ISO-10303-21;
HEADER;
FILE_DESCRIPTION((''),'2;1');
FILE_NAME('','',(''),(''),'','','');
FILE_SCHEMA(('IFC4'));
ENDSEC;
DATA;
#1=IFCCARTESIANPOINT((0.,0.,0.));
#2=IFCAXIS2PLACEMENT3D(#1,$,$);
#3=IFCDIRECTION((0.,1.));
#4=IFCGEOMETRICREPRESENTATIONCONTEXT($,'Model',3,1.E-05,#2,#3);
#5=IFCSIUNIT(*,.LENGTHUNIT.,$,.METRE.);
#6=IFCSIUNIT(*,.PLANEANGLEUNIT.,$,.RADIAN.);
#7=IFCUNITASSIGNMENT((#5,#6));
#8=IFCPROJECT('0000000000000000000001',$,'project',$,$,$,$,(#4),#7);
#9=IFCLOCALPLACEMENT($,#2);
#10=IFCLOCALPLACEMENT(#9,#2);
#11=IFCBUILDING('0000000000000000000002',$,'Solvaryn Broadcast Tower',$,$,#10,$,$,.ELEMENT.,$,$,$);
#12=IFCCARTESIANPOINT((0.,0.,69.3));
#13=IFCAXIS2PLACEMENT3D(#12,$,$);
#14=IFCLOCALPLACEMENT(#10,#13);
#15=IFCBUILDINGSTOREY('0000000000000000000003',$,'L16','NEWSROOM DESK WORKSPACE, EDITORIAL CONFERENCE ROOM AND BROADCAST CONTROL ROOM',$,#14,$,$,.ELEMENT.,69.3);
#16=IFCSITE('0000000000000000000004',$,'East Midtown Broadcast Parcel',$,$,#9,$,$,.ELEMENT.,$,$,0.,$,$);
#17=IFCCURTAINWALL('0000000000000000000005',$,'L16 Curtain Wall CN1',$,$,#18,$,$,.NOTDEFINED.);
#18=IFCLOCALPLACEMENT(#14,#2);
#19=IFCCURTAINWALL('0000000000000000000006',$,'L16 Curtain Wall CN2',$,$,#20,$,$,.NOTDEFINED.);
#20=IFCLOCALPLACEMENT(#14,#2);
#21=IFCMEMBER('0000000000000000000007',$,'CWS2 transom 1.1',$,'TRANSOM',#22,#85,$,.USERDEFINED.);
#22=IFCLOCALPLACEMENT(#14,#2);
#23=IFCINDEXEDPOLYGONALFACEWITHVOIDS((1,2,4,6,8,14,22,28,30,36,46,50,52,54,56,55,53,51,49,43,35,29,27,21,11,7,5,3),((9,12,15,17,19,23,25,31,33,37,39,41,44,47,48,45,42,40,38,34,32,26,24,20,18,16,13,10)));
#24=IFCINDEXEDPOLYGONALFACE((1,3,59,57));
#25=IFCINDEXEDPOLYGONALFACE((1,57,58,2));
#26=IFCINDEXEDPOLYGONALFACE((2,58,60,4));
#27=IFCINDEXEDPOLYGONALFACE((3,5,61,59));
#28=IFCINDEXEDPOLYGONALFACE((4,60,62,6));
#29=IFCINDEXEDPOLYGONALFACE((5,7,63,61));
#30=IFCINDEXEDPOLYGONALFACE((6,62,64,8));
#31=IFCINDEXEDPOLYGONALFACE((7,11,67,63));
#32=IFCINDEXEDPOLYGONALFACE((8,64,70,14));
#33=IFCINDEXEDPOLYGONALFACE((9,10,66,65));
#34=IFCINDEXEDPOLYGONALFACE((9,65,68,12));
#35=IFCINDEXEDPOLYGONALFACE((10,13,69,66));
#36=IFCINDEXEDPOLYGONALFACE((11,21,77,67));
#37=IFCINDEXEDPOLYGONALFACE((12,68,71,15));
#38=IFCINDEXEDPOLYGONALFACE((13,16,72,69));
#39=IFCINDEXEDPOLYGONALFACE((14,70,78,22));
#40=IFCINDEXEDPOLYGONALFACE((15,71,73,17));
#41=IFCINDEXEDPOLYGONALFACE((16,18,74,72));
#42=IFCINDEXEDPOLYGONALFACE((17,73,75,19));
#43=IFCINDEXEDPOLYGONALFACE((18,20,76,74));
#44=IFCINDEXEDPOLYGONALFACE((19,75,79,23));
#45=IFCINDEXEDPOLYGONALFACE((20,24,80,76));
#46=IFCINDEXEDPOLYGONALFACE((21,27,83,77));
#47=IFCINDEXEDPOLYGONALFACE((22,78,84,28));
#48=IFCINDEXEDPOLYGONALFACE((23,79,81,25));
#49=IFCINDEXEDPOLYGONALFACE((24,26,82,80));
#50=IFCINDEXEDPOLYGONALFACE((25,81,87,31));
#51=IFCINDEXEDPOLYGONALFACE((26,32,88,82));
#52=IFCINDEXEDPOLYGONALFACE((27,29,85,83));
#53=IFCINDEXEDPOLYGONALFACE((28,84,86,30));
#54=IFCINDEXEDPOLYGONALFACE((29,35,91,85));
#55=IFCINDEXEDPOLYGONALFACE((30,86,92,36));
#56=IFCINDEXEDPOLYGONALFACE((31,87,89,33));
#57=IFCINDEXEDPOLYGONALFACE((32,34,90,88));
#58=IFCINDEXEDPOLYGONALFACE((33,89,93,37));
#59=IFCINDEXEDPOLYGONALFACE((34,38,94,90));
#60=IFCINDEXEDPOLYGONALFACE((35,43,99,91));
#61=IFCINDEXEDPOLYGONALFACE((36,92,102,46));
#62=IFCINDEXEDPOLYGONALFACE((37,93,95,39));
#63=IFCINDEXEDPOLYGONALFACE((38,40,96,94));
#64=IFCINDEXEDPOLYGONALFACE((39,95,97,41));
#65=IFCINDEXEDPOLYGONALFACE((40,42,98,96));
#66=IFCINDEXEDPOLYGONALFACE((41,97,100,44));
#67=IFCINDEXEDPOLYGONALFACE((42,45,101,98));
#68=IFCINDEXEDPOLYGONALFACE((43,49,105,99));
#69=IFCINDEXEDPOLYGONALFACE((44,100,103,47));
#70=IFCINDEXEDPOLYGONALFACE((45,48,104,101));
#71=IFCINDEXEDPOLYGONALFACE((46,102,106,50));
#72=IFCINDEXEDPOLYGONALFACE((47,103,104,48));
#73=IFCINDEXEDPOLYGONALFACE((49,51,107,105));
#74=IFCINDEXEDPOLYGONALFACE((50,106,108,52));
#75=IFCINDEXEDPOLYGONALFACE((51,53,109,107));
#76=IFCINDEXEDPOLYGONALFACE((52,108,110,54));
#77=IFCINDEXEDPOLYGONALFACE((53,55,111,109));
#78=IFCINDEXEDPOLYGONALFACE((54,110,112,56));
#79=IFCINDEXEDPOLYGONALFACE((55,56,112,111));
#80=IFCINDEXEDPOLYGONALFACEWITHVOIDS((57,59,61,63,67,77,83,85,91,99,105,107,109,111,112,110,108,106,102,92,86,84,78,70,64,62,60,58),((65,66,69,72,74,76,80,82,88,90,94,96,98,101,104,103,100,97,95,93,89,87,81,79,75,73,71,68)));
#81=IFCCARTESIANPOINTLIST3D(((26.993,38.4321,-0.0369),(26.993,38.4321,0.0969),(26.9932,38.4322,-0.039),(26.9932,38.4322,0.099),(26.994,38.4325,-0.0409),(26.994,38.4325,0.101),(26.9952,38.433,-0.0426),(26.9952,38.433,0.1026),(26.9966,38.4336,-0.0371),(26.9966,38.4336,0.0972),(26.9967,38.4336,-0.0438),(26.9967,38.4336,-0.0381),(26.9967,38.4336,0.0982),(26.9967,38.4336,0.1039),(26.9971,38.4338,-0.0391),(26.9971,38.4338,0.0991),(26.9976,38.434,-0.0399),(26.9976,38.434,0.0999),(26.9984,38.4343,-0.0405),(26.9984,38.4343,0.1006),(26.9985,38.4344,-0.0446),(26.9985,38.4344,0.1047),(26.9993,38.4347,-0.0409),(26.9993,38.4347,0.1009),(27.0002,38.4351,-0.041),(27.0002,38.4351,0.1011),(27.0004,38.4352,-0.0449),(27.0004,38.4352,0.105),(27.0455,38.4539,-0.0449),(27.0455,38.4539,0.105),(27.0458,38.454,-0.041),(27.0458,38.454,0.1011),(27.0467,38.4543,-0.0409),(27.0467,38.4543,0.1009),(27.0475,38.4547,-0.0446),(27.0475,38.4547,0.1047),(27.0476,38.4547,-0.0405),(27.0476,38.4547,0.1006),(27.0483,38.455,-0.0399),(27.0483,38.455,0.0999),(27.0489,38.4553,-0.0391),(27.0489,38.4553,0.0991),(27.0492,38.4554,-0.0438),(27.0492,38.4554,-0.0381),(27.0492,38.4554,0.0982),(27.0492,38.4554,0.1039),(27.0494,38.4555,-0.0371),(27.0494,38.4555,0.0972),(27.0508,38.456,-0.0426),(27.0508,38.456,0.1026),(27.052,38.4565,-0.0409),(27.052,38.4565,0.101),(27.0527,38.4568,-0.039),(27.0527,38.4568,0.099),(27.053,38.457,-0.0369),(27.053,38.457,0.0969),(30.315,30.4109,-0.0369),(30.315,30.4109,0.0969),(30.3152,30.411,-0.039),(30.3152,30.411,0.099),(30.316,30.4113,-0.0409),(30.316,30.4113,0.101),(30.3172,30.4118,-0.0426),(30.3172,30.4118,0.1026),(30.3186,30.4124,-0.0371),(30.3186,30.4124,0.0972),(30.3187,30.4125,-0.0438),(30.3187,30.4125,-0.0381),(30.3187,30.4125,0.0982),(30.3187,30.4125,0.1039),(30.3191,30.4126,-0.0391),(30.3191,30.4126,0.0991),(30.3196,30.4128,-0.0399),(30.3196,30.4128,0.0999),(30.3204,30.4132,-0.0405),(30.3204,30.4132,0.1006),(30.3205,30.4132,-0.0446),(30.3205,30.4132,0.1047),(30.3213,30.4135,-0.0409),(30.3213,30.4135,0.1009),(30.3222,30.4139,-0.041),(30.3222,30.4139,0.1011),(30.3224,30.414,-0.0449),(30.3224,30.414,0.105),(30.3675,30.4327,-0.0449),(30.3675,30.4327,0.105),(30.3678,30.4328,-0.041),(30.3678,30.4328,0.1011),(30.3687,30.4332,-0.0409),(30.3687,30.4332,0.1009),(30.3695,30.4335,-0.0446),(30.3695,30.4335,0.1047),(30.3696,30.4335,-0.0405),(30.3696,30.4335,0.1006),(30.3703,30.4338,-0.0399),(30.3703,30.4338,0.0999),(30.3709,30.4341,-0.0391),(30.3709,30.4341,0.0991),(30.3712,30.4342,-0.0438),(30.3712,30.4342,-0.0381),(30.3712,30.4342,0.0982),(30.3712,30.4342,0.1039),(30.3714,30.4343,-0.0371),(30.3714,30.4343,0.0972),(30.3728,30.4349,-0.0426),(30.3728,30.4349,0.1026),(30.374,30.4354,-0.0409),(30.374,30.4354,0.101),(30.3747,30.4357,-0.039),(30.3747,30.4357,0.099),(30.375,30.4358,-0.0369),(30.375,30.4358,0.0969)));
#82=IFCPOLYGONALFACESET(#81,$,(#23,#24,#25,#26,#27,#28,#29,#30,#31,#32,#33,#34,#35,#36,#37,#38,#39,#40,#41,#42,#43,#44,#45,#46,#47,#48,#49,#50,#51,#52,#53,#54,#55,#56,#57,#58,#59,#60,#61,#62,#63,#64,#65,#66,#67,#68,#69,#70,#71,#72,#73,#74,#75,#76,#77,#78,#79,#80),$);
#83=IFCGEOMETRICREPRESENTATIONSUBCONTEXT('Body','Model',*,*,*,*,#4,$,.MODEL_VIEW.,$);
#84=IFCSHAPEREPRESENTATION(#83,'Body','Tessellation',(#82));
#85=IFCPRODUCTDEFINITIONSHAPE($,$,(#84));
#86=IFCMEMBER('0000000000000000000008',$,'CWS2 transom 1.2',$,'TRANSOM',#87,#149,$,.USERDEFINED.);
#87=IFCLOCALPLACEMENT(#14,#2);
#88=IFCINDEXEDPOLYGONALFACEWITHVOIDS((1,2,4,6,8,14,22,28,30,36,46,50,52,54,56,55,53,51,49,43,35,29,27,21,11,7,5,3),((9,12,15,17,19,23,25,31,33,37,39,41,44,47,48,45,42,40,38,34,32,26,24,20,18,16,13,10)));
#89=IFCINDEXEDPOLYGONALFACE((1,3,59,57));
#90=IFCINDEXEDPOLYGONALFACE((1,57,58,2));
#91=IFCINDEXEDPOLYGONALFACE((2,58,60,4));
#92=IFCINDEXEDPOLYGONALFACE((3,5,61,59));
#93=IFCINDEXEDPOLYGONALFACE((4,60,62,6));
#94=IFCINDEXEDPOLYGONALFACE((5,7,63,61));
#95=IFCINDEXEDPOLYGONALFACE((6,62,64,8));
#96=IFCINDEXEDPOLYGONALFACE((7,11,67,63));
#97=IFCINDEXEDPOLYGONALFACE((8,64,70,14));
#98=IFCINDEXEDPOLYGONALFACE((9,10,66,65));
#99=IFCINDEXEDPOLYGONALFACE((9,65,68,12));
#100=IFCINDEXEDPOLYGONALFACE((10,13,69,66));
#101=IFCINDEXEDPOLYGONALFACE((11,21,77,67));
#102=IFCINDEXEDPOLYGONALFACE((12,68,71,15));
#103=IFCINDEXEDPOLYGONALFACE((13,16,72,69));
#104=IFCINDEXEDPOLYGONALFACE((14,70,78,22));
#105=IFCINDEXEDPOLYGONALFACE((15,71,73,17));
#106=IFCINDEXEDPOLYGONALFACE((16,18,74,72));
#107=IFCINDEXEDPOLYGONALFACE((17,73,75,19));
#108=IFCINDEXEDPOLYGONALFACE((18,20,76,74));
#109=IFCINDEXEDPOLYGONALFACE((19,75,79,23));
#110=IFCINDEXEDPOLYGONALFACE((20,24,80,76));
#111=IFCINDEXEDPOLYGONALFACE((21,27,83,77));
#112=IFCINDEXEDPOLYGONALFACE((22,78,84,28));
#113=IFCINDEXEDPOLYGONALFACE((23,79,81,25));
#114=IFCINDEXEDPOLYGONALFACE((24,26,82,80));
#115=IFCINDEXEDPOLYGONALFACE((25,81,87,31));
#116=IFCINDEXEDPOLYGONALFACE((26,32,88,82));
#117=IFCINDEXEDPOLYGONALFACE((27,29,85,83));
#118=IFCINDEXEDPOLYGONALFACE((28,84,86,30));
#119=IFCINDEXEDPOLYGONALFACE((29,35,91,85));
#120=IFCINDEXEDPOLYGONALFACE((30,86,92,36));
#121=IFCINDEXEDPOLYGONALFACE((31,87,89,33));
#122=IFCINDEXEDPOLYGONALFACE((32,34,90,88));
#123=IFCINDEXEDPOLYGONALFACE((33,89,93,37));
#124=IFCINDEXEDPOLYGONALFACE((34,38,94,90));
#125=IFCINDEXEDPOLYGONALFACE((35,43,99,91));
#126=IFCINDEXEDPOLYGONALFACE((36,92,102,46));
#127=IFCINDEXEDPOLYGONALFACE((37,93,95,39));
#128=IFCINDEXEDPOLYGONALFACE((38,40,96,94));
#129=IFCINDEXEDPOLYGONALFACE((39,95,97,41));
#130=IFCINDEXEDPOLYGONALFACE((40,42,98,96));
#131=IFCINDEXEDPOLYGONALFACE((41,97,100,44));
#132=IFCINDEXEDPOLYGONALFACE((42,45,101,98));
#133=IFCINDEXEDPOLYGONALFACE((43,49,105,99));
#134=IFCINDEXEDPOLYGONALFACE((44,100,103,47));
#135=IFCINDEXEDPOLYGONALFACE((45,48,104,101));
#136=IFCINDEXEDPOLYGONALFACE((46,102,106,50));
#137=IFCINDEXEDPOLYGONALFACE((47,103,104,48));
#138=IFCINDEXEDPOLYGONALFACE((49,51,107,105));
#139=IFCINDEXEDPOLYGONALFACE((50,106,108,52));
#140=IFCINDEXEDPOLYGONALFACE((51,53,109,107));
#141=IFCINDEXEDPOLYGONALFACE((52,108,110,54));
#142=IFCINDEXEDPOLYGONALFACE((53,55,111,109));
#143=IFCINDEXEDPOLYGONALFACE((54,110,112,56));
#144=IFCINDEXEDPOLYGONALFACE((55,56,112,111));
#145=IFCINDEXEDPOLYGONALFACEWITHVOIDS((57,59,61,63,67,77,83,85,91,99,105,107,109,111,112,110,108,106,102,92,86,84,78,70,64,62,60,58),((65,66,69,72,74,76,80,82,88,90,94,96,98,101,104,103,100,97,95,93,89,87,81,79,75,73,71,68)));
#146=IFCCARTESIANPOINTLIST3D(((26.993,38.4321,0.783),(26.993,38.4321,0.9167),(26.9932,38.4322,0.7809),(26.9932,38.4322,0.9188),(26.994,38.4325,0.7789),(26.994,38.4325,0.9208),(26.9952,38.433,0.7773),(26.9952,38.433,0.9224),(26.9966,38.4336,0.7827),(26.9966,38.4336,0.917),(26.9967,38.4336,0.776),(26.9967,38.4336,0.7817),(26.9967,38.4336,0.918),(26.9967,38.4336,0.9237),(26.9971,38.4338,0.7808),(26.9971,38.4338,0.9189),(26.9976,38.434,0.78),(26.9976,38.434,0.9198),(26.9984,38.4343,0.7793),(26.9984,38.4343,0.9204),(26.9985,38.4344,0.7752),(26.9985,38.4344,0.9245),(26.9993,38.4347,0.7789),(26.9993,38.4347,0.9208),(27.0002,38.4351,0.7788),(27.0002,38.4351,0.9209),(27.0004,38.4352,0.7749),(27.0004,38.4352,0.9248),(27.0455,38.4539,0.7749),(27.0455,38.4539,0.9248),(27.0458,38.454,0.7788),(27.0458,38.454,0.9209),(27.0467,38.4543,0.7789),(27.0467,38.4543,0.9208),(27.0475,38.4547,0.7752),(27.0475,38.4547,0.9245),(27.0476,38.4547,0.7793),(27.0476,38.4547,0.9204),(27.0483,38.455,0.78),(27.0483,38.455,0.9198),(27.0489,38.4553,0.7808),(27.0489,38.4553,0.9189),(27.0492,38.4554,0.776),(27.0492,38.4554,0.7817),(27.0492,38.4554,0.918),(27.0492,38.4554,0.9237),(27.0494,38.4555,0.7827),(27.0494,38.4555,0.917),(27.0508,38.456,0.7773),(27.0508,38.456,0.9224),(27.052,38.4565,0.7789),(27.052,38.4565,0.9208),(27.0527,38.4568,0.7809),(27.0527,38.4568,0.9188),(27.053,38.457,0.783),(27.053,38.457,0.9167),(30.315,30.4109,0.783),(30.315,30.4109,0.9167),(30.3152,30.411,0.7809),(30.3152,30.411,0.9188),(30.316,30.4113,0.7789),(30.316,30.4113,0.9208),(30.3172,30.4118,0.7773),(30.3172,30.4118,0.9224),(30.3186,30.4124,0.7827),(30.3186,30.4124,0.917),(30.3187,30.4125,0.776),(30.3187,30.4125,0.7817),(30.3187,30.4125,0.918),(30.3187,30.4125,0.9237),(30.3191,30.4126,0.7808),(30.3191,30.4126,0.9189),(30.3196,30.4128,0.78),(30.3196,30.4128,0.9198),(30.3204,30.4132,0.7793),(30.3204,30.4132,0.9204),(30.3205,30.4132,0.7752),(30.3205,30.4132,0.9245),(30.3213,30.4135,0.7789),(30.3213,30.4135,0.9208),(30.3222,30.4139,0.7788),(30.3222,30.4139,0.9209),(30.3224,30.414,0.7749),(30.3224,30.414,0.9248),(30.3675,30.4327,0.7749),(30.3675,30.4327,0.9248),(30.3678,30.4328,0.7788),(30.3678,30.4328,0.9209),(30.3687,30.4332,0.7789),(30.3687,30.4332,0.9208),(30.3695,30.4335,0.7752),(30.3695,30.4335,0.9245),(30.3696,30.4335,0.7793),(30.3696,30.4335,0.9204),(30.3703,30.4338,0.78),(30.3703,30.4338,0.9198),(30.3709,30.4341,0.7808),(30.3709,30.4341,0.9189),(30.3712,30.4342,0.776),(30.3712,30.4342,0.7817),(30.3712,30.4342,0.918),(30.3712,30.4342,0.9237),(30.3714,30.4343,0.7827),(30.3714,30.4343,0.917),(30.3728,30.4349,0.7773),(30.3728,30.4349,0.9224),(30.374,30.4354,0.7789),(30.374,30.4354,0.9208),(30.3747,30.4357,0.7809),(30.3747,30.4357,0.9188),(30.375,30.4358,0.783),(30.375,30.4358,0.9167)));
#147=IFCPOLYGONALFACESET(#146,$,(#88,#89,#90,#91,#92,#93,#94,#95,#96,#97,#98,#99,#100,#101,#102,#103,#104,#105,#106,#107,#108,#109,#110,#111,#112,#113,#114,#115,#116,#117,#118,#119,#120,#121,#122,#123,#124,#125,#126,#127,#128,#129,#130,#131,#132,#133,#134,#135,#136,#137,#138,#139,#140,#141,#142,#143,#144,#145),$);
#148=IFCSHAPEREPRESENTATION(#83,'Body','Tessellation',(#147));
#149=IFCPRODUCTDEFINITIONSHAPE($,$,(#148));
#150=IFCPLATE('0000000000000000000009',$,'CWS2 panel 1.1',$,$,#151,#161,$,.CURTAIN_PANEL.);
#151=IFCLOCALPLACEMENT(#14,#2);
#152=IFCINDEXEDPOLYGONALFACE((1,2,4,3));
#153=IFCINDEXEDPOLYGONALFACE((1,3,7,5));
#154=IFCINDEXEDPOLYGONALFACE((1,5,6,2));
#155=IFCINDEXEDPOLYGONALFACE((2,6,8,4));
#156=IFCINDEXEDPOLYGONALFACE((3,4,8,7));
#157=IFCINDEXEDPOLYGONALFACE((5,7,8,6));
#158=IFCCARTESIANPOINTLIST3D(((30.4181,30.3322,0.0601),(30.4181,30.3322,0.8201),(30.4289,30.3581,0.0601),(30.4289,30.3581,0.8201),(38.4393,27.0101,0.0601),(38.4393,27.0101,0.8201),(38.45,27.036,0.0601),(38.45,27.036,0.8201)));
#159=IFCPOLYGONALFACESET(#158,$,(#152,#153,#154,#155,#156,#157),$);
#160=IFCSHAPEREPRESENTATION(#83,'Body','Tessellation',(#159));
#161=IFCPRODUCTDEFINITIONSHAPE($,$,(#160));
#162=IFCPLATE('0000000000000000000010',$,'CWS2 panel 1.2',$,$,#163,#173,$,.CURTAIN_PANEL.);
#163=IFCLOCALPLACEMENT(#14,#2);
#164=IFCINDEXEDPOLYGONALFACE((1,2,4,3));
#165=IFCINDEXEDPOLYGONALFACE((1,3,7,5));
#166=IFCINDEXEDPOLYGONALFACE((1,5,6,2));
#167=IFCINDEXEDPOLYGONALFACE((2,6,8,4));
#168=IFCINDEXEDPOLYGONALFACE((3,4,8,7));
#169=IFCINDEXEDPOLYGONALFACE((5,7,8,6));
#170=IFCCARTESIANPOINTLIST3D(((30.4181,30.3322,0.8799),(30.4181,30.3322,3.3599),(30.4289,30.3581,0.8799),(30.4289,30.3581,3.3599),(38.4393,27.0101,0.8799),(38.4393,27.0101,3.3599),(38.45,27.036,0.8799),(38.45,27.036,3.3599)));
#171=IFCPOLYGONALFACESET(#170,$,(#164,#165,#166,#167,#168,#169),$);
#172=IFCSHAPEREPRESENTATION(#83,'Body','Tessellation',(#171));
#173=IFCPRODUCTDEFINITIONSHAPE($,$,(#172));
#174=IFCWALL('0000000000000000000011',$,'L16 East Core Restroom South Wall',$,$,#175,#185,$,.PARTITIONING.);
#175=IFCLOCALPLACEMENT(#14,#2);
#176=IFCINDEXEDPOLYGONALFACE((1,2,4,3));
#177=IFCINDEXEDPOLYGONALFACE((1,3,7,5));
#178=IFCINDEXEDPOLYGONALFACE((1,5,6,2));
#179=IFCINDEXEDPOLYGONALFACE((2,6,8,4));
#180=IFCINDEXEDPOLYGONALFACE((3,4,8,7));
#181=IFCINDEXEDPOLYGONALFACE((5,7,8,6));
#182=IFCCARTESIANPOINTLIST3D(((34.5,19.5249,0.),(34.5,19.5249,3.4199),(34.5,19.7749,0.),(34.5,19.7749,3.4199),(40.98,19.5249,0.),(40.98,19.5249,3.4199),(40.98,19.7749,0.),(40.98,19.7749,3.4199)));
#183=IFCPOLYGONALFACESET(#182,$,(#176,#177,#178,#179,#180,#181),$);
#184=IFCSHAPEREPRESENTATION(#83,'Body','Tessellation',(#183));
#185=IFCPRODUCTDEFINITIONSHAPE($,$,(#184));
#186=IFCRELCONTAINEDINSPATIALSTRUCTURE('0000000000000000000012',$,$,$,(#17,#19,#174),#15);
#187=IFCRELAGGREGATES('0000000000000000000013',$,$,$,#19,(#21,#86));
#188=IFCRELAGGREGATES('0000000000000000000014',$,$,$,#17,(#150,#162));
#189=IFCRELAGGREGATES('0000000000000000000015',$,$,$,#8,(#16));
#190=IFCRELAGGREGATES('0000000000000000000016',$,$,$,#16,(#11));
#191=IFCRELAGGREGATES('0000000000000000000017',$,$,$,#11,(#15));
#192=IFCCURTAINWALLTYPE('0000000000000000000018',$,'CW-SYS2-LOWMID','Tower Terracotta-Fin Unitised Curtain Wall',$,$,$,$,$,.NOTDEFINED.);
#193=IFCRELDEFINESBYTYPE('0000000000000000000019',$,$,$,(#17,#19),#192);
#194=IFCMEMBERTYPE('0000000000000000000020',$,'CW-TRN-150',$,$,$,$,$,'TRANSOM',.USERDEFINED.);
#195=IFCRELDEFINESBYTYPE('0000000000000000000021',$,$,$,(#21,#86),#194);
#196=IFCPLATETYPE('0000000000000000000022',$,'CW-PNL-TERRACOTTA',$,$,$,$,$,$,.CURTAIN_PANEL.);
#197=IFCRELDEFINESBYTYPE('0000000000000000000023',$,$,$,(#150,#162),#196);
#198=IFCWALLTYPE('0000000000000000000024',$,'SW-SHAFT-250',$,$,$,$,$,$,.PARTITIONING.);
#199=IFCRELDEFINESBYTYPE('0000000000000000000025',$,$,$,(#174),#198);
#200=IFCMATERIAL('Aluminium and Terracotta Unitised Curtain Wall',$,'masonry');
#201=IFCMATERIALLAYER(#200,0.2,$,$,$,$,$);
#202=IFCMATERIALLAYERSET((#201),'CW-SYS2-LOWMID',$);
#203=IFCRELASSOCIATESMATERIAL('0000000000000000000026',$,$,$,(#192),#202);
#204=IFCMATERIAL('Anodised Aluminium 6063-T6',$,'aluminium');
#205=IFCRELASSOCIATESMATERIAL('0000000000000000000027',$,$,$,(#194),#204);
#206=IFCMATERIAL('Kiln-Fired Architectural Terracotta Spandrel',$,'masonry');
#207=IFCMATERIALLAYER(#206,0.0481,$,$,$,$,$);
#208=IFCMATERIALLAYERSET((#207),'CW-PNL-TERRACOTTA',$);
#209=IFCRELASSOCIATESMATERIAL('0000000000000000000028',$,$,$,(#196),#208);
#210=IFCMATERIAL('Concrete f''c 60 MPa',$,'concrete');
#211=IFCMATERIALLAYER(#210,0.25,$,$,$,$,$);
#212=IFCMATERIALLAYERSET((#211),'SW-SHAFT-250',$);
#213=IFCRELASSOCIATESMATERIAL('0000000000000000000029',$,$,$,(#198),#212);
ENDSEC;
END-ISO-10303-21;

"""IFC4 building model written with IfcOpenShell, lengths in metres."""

from ifc_helpers import new_model, si_unit, direction, frame, frame_2d, origin, origin_2d, place, context, subcontext, project, spatial, rectangle, hollow_rectangle, extrude, material, layer, layer_set, material_profile, profile_set, type_object, element, aggregate, save


model = new_model("IFC4")

# Units and contexts
model_context = context("Model", 3, precision=1e-05, world=origin(), true_north=direction((0.0, 1.0)))
body_context = subcontext(model_context, "Body", "Model", "MODEL_VIEW")
ifc_project = project(units=[si_unit("LENGTHUNIT", "METRE"), si_unit("PLANEANGLEUNIT", "RADIAN")], contexts=[model_context])

# Site, building, storey
site_placement = place(None, origin())
site = spatial("IfcSite", under=ifc_project, at=site_placement, Name="East Midtown Broadcast Parcel", CompositionType="ELEMENT", RefElevation=0.0)
building_placement = place(site_placement, origin())
building = spatial("IfcBuilding", under=site, at=building_placement, Name="Solvaryn Broadcast Tower", CompositionType="ELEMENT")
storey_placement = place(building_placement, frame((0.0, 0.0, 69.3)))
storey = spatial("IfcBuildingStorey", under=building, at=storey_placement, Name="L16", Description="NEWSROOM DESK WORKSPACE, EDITORIAL CONFERENCE ROOM AND BROADCAST CONTROL ROOM", CompositionType="ELEMENT", Elevation=69.3)

# Curtain wall
ifc_material_1 = material(Name="Aluminium and Terracotta Unitised Curtain Wall", Category="masonry")
ifc_layer_1 = layer(ifc_material_1, 0.2)
ifc_layer_set_1 = layer_set([ifc_layer_1], Name="CW-SYS2-LOWMID")
curtain_wall_type = type_object("IfcCurtainWallType", Name="CW-SYS2-LOWMID", Description="Tower Terracotta-Fin Unitised Curtain Wall", PredefinedType="NOTDEFINED", material=ifc_layer_set_1)
curtain_wall_1_placement = place(storey_placement, origin())
curtain_wall_1 = element("IfcCurtainWall", 1, at=curtain_wall_1_placement, inside=storey, type_object=curtain_wall_type, Name="L16 Curtain Wall CN1", PredefinedType="NOTDEFINED")

# Curtain wall, members
curtain_wall_2_placement = place(storey_placement, origin())
curtain_wall_2 = element("IfcCurtainWall", 2, at=curtain_wall_2_placement, inside=storey, type_object=curtain_wall_type, Name="L16 Curtain Wall CN2", PredefinedType="NOTDEFINED")
ifc_material_2 = material(Name="Anodised Aluminium 6063-T6", Category="aluminium")
ifc_material_profile_1 = material_profile(ifc_material_2, hollow_rectangle(XDim=0.0649, YDim=0.1499, WallThickness=0.0039, InnerFilletRadius=0.0039, OuterFilletRadius=0.0081, at=origin_2d()))
ifc_profile_set_1 = profile_set([ifc_material_profile_1], Name="Anodised Aluminium 6063-T6")
member_type_1 = type_object("IfcMemberType", Name="CW-TRN-150", ElementType="TRANSOM", PredefinedType="USERDEFINED", material=ifc_profile_set_1)
member_1_placement = place(storey_placement, frame((30.345, 30.4233, 0.03), z_axis=(-0.382636, 0.923899, 0.0), x_axis=(-0.923899, -0.382636, 0.0)))
member_1 = element("IfcMember", 3, at=member_1_placement, type_object=member_type_1, Name="CWS2 transom 1.1", ObjectType="TRANSOM", PredefinedType="USERDEFINED", context=body_context, shape_type="SweptSolid", body=[
    extrude(hollow_rectangle(XDim=0.0649, YDim=0.1499, WallThickness=0.0039, InnerFilletRadius=0.0039, OuterFilletRadius=0.0081, at=origin_2d()), origin(), (0.0, 0.0, 1.0), 8.6819),
])
member_2_placement = place(storey_placement, frame((30.345, 30.4233, 0.8499), z_axis=(-0.382636, 0.923899, 0.0), x_axis=(-0.923899, -0.382636, 0.0)))
member_2 = element("IfcMember", 4, at=member_2_placement, type_object=member_type_1, Name="CWS2 transom 1.2", ObjectType="TRANSOM", PredefinedType="USERDEFINED", context=body_context, shape_type="SweptSolid", body=[
    extrude(hollow_rectangle(XDim=0.0649, YDim=0.1499, WallThickness=0.0039, InnerFilletRadius=0.0039, OuterFilletRadius=0.0081, at=origin_2d()), origin(), (0.0, 0.0, 1.0), 8.6819),
])
aggregate(curtain_wall_2, [member_1, member_2])

# Plates
ifc_material_3 = material(Name="Kiln-Fired Architectural Terracotta Spandrel", Category="masonry")
ifc_layer_2 = layer(ifc_material_3, 0.0481)
ifc_layer_set_2 = layer_set([ifc_layer_2], Name="CW-PNL-TERRACOTTA")
plate_type = type_object("IfcPlateType", Name="CW-PNL-TERRACOTTA", PredefinedType="CURTAIN_PANEL", material=ifc_layer_set_2)
plate_1_placement = place(storey_placement, frame((34.4341, 28.6841, 0.0601), z_axis=(0.0, 0.0, 1.0), x_axis=(-0.923895, 0.382646, 0.0)))
plate_1 = element("IfcPlate", 5, at=plate_1_placement, type_object=plate_type, Name="CWS2 panel 1.1", PredefinedType="CURTAIN_PANEL", context=body_context, shape_type="SweptSolid", body=[
    extrude(rectangle(XDim=8.6819, YDim=0.0281, at=origin_2d()), origin(), (0.0, 0.0, 1.0), 0.76),
])
plate_2_placement = place(storey_placement, frame((34.4341, 28.6841, 0.8799), z_axis=(0.0, 0.0, 1.0), x_axis=(-0.923895, 0.382646, 0.0)))
plate_2 = element("IfcPlate", 6, at=plate_2_placement, type_object=plate_type, Name="CWS2 panel 1.2", PredefinedType="CURTAIN_PANEL", context=body_context, shape_type="SweptSolid", body=[
    extrude(rectangle(XDim=8.6819, YDim=0.0281, at=origin_2d()), origin(), (0.0, 0.0, 1.0), 2.48),
])
aggregate(curtain_wall_1, [plate_1, plate_2])

# Shared definitions
ifc_material_4 = material(Name="Concrete f'c 60 MPa", Category="concrete")
ifc_layer_3 = layer(ifc_material_4, 0.25)
ifc_layer_set_3 = layer_set([ifc_layer_3], Name="SW-SHAFT-250")
wall_type_1 = type_object("IfcWallType", Name="SW-SHAFT-250", PredefinedType="PARTITIONING", material=ifc_layer_set_3)

# Wall
wall_1_placement = place(storey_placement, frame((34.5, 19.6499, 0.0), z_axis=(0.0, 0.0, 1.0), x_axis=(1.0, 0.0, 0.0)))
element("IfcWall", 7, at=wall_1_placement, inside=storey, type_object=wall_type_1, Name="L16 East Core Restroom South Wall", PredefinedType="PARTITIONING", context=body_context, shape_type="SweptSolid", body=[
    extrude(rectangle(XDim=6.48, YDim=0.25, at=frame_2d((3.24, 0.0))), origin(), (0.0, 0.0, 1.0), 3.4199),
])

save(model, "model.ifc")
